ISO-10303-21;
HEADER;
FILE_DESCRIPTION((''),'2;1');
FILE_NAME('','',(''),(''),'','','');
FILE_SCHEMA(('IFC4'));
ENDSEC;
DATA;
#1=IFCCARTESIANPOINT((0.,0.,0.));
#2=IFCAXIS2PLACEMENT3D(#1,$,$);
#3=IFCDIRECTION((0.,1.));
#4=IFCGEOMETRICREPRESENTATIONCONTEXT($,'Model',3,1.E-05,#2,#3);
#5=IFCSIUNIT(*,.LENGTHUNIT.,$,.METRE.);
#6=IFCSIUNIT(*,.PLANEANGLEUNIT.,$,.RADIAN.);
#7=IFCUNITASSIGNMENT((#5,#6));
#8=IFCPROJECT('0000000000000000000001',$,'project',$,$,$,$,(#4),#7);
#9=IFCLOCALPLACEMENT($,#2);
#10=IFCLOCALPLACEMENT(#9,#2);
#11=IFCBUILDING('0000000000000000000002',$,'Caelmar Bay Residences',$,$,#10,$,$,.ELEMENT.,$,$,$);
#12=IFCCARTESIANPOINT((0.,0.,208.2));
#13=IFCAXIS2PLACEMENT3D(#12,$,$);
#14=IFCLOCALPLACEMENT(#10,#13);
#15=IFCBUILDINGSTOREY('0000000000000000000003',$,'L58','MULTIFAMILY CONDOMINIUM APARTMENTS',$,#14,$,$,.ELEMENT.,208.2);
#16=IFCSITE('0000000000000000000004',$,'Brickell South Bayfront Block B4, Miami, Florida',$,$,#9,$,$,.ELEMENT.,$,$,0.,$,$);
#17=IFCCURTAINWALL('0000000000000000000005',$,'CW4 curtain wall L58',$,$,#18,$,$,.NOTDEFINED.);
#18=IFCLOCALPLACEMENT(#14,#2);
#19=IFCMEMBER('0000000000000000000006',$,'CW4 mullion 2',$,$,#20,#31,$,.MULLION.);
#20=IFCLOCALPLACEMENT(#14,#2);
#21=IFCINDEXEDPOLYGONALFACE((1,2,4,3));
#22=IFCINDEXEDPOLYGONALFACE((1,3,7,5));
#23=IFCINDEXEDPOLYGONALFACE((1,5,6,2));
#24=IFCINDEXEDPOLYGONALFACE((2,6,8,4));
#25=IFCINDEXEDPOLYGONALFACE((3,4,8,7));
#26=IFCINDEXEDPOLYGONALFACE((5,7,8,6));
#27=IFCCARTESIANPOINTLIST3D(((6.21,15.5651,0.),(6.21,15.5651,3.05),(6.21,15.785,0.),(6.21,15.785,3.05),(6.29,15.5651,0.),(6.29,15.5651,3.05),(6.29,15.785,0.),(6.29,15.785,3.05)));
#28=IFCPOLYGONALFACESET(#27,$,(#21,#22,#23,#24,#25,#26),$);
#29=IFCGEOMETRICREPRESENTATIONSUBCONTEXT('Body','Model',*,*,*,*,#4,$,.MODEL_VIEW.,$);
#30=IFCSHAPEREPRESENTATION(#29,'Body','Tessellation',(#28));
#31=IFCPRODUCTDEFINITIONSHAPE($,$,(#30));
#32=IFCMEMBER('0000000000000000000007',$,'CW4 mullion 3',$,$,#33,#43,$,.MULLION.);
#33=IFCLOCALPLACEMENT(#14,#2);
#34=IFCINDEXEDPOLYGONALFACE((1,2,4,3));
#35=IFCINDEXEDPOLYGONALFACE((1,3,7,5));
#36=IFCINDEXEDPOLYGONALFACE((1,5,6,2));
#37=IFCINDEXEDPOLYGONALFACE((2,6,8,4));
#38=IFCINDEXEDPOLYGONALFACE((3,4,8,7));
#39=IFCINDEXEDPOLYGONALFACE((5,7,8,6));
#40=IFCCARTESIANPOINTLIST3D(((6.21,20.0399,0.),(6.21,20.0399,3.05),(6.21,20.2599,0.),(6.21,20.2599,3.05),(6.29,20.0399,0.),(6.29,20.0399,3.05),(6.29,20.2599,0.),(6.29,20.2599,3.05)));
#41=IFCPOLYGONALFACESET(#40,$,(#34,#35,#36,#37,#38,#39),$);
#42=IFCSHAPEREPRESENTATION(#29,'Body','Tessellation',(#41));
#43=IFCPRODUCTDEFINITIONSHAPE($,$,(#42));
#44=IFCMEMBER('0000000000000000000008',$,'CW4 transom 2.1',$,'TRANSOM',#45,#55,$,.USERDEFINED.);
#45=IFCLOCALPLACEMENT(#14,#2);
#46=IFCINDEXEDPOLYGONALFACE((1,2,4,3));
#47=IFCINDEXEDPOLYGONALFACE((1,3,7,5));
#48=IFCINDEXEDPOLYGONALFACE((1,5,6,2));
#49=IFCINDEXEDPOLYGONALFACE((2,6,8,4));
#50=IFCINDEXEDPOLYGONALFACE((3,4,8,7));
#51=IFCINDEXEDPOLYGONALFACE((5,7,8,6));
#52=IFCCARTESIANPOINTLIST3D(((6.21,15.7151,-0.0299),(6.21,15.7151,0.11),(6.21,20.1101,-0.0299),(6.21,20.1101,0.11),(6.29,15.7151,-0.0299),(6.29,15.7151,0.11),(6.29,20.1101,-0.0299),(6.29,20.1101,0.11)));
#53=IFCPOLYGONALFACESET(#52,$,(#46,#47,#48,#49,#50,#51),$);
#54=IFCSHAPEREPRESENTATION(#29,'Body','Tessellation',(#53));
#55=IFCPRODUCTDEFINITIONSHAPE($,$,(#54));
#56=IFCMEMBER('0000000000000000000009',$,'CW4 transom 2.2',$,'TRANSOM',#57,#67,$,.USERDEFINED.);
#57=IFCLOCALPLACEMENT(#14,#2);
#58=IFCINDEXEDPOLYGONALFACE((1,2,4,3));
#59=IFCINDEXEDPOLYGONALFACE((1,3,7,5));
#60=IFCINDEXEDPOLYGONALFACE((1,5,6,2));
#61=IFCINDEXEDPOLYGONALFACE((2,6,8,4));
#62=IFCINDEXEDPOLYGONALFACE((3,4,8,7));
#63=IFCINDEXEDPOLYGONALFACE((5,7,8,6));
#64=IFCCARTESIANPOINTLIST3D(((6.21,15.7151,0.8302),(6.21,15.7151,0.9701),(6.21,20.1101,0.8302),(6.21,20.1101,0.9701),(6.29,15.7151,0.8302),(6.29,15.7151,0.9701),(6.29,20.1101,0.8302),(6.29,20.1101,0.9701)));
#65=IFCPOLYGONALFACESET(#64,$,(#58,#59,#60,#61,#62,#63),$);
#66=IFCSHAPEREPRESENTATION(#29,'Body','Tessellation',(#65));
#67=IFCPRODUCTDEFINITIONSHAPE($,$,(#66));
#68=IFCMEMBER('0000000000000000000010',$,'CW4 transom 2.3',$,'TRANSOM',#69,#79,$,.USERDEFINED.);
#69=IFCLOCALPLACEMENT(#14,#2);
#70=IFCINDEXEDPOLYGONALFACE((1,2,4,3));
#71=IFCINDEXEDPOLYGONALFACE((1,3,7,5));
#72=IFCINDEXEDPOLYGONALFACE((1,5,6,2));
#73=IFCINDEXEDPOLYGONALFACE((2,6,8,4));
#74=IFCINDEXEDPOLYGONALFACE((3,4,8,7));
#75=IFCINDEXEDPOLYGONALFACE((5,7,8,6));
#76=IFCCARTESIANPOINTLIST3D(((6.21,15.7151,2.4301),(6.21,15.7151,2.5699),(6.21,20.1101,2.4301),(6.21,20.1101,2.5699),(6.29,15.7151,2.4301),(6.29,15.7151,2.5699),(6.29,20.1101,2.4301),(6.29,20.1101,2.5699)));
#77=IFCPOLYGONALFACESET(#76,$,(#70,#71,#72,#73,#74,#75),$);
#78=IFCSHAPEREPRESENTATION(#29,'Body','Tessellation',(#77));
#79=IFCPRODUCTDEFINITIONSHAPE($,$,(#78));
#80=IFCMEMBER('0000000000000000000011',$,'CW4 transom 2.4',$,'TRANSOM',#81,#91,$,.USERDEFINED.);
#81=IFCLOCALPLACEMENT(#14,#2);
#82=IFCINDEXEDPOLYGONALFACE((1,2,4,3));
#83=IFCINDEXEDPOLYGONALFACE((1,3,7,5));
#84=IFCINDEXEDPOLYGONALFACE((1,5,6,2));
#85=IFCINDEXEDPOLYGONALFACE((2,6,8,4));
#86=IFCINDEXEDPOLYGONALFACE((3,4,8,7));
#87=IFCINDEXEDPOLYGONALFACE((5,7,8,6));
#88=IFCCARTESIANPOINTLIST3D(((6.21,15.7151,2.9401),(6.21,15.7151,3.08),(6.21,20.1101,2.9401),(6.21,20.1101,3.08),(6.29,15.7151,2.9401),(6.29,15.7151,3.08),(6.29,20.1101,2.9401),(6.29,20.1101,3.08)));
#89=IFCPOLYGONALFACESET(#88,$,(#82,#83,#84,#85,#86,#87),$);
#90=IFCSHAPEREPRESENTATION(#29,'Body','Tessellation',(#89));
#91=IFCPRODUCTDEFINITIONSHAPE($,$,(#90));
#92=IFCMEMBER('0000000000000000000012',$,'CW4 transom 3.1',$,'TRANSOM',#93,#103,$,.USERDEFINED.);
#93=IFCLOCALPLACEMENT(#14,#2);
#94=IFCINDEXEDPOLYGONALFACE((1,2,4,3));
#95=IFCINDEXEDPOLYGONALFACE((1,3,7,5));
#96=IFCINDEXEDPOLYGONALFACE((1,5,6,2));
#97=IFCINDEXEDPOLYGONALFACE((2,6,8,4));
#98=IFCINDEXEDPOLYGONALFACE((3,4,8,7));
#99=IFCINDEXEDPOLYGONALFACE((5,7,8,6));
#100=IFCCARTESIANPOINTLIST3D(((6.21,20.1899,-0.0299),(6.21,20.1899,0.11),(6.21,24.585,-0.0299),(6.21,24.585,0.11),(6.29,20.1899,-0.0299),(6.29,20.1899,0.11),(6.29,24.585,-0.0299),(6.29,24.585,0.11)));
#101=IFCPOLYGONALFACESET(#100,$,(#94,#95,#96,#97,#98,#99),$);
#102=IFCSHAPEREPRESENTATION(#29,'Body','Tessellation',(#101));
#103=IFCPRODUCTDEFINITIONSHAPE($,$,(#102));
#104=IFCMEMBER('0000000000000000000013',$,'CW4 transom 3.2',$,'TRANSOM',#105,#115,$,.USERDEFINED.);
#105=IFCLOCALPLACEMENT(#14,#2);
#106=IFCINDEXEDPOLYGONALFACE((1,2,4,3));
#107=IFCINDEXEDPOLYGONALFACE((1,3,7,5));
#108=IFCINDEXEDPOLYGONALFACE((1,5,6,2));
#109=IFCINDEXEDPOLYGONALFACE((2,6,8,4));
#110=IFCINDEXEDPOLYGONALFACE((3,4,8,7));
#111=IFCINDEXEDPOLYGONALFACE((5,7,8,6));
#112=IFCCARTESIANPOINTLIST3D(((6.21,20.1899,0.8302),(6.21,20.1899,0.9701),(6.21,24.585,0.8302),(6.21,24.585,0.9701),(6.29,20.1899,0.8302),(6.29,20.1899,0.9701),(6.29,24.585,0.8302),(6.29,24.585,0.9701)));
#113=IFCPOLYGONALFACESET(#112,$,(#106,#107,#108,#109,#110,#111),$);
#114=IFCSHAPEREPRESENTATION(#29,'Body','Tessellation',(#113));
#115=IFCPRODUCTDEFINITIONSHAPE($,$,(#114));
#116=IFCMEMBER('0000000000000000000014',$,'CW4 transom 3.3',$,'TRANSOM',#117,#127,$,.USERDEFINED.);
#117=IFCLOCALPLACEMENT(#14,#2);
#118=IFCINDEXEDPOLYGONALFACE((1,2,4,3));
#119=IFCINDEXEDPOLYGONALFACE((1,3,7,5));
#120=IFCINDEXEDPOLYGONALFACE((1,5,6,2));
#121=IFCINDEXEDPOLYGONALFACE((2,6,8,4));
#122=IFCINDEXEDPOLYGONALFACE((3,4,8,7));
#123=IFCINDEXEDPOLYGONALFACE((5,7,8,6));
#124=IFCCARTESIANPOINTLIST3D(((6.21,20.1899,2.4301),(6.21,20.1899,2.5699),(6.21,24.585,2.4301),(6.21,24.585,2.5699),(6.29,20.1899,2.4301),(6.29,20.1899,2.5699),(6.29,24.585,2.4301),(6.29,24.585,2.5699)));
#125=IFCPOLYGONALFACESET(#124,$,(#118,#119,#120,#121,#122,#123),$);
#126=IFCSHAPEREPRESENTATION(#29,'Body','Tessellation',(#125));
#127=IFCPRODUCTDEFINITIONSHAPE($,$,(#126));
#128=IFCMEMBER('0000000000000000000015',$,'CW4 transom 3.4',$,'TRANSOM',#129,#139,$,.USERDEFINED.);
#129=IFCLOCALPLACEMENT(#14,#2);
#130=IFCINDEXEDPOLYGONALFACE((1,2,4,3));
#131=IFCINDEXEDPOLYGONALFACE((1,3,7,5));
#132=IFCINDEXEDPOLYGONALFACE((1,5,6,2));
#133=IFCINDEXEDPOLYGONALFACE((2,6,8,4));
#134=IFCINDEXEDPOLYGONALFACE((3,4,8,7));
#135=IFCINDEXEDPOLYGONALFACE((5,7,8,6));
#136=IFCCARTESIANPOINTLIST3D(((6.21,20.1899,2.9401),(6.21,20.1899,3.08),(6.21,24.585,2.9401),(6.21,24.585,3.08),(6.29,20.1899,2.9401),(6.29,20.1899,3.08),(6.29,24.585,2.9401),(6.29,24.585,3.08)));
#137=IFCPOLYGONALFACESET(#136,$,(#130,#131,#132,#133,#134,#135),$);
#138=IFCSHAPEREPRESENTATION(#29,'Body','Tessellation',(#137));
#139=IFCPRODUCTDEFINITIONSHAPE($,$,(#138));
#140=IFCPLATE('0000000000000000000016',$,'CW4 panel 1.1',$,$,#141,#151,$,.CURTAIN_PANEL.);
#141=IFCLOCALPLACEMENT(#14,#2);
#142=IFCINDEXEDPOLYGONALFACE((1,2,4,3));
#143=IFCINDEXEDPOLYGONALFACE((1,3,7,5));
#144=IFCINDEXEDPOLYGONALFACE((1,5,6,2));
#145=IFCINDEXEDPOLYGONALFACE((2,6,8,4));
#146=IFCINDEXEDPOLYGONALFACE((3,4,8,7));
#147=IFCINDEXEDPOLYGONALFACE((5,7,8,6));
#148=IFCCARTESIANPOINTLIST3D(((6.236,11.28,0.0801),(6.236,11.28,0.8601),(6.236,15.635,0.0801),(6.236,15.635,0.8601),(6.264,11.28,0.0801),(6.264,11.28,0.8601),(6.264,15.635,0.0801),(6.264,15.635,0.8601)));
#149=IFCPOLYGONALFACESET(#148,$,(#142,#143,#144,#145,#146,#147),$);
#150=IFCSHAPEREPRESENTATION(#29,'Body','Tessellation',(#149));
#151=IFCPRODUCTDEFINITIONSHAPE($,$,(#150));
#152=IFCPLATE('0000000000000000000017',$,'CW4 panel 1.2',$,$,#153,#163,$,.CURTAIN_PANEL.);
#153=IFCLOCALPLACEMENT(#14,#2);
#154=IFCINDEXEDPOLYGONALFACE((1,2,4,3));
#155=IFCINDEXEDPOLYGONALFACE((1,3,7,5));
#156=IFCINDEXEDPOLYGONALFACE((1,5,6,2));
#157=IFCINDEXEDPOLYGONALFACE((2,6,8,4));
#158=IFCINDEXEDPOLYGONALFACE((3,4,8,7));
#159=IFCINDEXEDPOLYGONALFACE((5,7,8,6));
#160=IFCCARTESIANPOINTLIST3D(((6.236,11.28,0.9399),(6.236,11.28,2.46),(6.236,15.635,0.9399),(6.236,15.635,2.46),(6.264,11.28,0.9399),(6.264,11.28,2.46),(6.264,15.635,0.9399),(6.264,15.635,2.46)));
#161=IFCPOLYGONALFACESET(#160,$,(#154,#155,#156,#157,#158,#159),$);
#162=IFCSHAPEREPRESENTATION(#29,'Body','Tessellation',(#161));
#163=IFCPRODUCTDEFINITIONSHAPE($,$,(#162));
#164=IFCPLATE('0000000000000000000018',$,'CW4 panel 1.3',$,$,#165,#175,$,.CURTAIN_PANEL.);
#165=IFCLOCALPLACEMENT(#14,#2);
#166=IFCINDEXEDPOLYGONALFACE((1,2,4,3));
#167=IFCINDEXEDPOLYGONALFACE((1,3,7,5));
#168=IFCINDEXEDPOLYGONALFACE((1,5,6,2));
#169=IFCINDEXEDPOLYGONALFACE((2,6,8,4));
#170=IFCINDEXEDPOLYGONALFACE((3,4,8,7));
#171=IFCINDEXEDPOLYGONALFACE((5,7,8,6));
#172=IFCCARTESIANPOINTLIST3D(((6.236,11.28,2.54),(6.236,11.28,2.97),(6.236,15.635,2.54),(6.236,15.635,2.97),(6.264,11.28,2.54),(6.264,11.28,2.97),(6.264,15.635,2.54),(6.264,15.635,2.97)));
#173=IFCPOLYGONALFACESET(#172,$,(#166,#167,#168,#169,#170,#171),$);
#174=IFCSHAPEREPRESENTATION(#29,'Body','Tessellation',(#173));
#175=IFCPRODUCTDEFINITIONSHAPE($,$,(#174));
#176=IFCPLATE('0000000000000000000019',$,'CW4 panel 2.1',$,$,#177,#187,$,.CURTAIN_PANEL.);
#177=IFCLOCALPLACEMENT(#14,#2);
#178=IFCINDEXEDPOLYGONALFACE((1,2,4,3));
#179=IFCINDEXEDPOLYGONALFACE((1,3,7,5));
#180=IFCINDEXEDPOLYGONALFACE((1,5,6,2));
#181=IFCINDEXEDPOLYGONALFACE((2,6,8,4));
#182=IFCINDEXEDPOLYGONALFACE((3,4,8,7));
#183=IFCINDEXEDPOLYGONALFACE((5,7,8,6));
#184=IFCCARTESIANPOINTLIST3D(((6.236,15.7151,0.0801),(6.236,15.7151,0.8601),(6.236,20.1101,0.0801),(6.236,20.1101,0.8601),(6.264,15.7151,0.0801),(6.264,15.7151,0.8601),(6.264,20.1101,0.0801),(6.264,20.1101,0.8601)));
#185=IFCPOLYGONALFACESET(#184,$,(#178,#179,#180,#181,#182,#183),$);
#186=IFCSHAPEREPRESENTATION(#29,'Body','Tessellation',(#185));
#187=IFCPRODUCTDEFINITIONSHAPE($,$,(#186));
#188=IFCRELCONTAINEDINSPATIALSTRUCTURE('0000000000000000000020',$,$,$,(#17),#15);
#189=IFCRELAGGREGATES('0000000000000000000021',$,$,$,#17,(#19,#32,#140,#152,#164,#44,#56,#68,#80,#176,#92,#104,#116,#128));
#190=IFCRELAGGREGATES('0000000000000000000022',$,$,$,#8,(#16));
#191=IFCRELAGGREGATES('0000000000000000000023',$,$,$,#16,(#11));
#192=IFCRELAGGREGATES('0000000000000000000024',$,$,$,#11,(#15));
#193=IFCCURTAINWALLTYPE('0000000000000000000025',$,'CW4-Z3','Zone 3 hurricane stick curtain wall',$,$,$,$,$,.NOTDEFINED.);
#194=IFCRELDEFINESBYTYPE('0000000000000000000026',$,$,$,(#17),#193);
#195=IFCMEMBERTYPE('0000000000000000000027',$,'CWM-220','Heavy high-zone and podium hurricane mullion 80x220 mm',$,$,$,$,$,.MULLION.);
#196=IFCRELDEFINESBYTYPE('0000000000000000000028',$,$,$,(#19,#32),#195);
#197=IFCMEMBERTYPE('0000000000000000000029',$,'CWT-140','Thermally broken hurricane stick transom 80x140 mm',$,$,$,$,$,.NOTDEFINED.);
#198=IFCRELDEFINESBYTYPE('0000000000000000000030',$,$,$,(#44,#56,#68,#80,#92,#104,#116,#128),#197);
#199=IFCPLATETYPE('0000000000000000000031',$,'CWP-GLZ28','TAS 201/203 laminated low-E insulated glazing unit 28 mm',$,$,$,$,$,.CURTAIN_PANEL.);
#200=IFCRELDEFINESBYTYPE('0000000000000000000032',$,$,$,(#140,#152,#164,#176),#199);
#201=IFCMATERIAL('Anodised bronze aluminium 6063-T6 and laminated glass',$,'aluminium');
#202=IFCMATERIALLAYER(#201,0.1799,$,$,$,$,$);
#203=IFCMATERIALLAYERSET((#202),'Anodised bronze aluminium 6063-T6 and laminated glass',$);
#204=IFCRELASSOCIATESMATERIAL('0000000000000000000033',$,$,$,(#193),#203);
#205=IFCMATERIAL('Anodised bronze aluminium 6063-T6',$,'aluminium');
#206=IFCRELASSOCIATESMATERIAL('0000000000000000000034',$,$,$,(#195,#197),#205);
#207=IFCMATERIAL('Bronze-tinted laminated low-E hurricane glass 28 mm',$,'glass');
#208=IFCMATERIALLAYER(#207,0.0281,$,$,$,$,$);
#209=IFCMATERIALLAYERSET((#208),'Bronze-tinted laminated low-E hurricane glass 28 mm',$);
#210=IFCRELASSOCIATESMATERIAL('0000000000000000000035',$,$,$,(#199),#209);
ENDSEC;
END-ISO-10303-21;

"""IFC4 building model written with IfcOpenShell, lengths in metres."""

from ifc_helpers import new_model, si_unit, direction, frame, origin, origin_2d, place, context, subcontext, project, spatial, rectangle, extrude, material, layer, layer_set, material_profile, profile_set, type_object, element, aggregate, save


model = new_model("IFC4")

# Units and contexts
model_context = context("Model", 3, precision=1e-05, world=origin(), true_north=direction((0.0, 1.0)))
body_context = subcontext(model_context, "Body", "Model", "MODEL_VIEW")
ifc_project = project(units=[si_unit("LENGTHUNIT", "METRE"), si_unit("PLANEANGLEUNIT", "RADIAN")], contexts=[model_context])

# Site, building, storey
site_placement = place(None, origin())
site = spatial("IfcSite", under=ifc_project, at=site_placement, Name="Brickell South Bayfront Block B4, Miami, Florida", CompositionType="ELEMENT", RefElevation=0.0)
building_placement = place(site_placement, origin())
building = spatial("IfcBuilding", under=site, at=building_placement, Name="Caelmar Bay Residences", CompositionType="ELEMENT")
storey_placement = place(building_placement, frame((0.0, 0.0, 208.2)))
storey = spatial("IfcBuildingStorey", under=building, at=storey_placement, Name="L58", Description="MULTIFAMILY CONDOMINIUM APARTMENTS", CompositionType="ELEMENT", Elevation=208.2)

# Curtain wall, members, plates
ifc_material_1 = material(Name="Anodised bronze aluminium 6063-T6 and laminated glass", Category="aluminium")
ifc_layer_1 = layer(ifc_material_1, 0.1799)
ifc_layer_set_1 = layer_set([ifc_layer_1], Name="Anodised bronze aluminium 6063-T6 and laminated glass")
curtain_wall_type = type_object("IfcCurtainWallType", Name="CW4-Z3", Description="Zone 3 hurricane stick curtain wall", PredefinedType="NOTDEFINED", material=ifc_layer_set_1)
curtain_wall_placement = place(storey_placement, origin())
curtain_wall = element("IfcCurtainWall", 1, at=curtain_wall_placement, inside=storey, type_object=curtain_wall_type, Name="CW4 curtain wall L58", PredefinedType="NOTDEFINED")
ifc_material_2 = material(Name="Anodised bronze aluminium 6063-T6", Category="aluminium")
ifc_material_profile_1 = material_profile(ifc_material_2, rectangle(XDim=0.0801, YDim=0.22, at=origin_2d()), Name="CWM-80X220")
ifc_profile_set_1 = profile_set([ifc_material_profile_1], Name="Anodised bronze aluminium 6063-T6")
member_type_1 = type_object("IfcMemberType", Name="CWM-220", Description="Heavy high-zone and podium hurricane mullion 80x220 mm", PredefinedType="MULLION", material=ifc_profile_set_1)
member_1_placement = place(storey_placement, frame((6.25, 15.675, 0.0), z_axis=(0.0, 0.0, 1.0), x_axis=(-1.0, 0.0, 0.0)))
member_1 = element("IfcMember", 2, at=member_1_placement, type_object=member_type_1, Name="CW4 mullion 2", PredefinedType="MULLION", context=body_context, shape_type="SweptSolid", body=[
    extrude(rectangle(XDim=0.0801, YDim=0.22, at=origin_2d()), origin(), (0.0, 0.0, 1.0), 3.05),
])
member_2_placement = place(storey_placement, frame((6.25, 20.1499, 0.0), z_axis=(0.0, 0.0, 1.0), x_axis=(-1.0, 0.0, 0.0)))
member_2 = element("IfcMember", 3, at=member_2_placement, type_object=member_type_1, Name="CW4 mullion 3", PredefinedType="MULLION", context=body_context, shape_type="SweptSolid", body=[
    extrude(rectangle(XDim=0.0801, YDim=0.22, at=origin_2d()), origin(), (0.0, 0.0, 1.0), 3.05),
])
ifc_material_profile_2 = material_profile(ifc_material_2, rectangle(XDim=0.0801, YDim=0.1399, at=origin_2d()), Name="CWT-80X140")
ifc_profile_set_2 = profile_set([ifc_material_profile_2], Name="Anodised bronze aluminium 6063-T6")
member_type_2 = type_object("IfcMemberType", Name="CWT-140", Description="Thermally broken hurricane stick transom 80x140 mm", PredefinedType="NOTDEFINED", material=ifc_profile_set_2)
member_3_placement = place(storey_placement, frame((6.25, 15.7151, 0.04), z_axis=(0.0, 1.0, 0.0), x_axis=(-1.0, 0.0, 0.0)))
member_3 = element("IfcMember", 4, at=member_3_placement, type_object=member_type_2, Name="CW4 transom 2.1", ObjectType="TRANSOM", PredefinedType="USERDEFINED", context=body_context, shape_type="SweptSolid", body=[
    extrude(rectangle(XDim=0.0801, YDim=0.1399, at=origin_2d()), origin(), (0.0, 0.0, 1.0), 4.395),
])
member_4_placement = place(storey_placement, frame((6.25, 15.7151, 0.9001), z_axis=(0.0, 1.0, 0.0), x_axis=(-1.0, 0.0, 0.0)))
member_4 = element("IfcMember", 5, at=member_4_placement, type_object=member_type_2, Name="CW4 transom 2.2", ObjectType="TRANSOM", PredefinedType="USERDEFINED", context=body_context, shape_type="SweptSolid", body=[
    extrude(rectangle(XDim=0.0801, YDim=0.1399, at=origin_2d()), origin(), (0.0, 0.0, 1.0), 4.395),
])
member_5_placement = place(storey_placement, frame((6.25, 15.7151, 2.5), z_axis=(0.0, 1.0, 0.0), x_axis=(-1.0, 0.0, 0.0)))
member_5 = element("IfcMember", 6, at=member_5_placement, type_object=member_type_2, Name="CW4 transom 2.3", ObjectType="TRANSOM", PredefinedType="USERDEFINED", context=body_context, shape_type="SweptSolid", body=[
    extrude(rectangle(XDim=0.0801, YDim=0.1399, at=origin_2d()), origin(), (0.0, 0.0, 1.0), 4.395),
])
member_6_placement = place(storey_placement, frame((6.25, 15.7151, 3.01), z_axis=(0.0, 1.0, 0.0), x_axis=(-1.0, 0.0, 0.0)))
member_6 = element("IfcMember", 7, at=member_6_placement, type_object=member_type_2, Name="CW4 transom 2.4", ObjectType="TRANSOM", PredefinedType="USERDEFINED", context=body_context, shape_type="SweptSolid", body=[
    extrude(rectangle(XDim=0.0801, YDim=0.1399, at=origin_2d()), origin(), (0.0, 0.0, 1.0), 4.395),
])
member_7_placement = place(storey_placement, frame((6.25, 20.1899, 0.04), z_axis=(0.0, 1.0, 0.0), x_axis=(-1.0, 0.0, 0.0)))
member_7 = element("IfcMember", 8, at=member_7_placement, type_object=member_type_2, Name="CW4 transom 3.1", ObjectType="TRANSOM", PredefinedType="USERDEFINED", context=body_context, shape_type="SweptSolid", body=[
    extrude(rectangle(XDim=0.0801, YDim=0.1399, at=origin_2d()), origin(), (0.0, 0.0, 1.0), 4.395),
])
member_8_placement = place(storey_placement, frame((6.25, 20.1899, 0.9001), z_axis=(0.0, 1.0, 0.0), x_axis=(-1.0, 0.0, 0.0)))
member_8 = element("IfcMember", 9, at=member_8_placement, type_object=member_type_2, Name="CW4 transom 3.2", ObjectType="TRANSOM", PredefinedType="USERDEFINED", context=body_context, shape_type="SweptSolid", body=[
    extrude(rectangle(XDim=0.0801, YDim=0.1399, at=origin_2d()), origin(), (0.0, 0.0, 1.0), 4.395),
])
member_9_placement = place(storey_placement, frame((6.25, 20.1899, 2.5), z_axis=(0.0, 1.0, 0.0), x_axis=(-1.0, 0.0, 0.0)))
member_9 = element("IfcMember", 10, at=member_9_placement, type_object=member_type_2, Name="CW4 transom 3.3", ObjectType="TRANSOM", PredefinedType="USERDEFINED", context=body_context, shape_type="SweptSolid", body=[
    extrude(rectangle(XDim=0.0801, YDim=0.1399, at=origin_2d()), origin(), (0.0, 0.0, 1.0), 4.395),
])
member_10_placement = place(storey_placement, frame((6.25, 20.1899, 3.01), z_axis=(0.0, 1.0, 0.0), x_axis=(-1.0, 0.0, 0.0)))
member_10 = element("IfcMember", 11, at=member_10_placement, type_object=member_type_2, Name="CW4 transom 3.4", ObjectType="TRANSOM", PredefinedType="USERDEFINED", context=body_context, shape_type="SweptSolid", body=[
    extrude(rectangle(XDim=0.0801, YDim=0.1399, at=origin_2d()), origin(), (0.0, 0.0, 1.0), 4.395),
])
ifc_material_3 = material(Name="Bronze-tinted laminated low-E hurricane glass 28 mm", Category="glass")
ifc_layer_2 = layer(ifc_material_3, 0.0281)
ifc_layer_set_2 = layer_set([ifc_layer_2], Name="Bronze-tinted laminated low-E hurricane glass 28 mm")
plate_type = type_object("IfcPlateType", Name="CWP-GLZ28", Description="TAS 201/203 laminated low-E insulated glazing unit 28 mm", PredefinedType="CURTAIN_PANEL", material=ifc_layer_set_2)
plate_1_placement = place(storey_placement, frame((6.25, 13.4575, 0.0801), z_axis=(0.0, 0.0, 1.0), x_axis=(0.0, 1.0, 0.0)))
plate_1 = element("IfcPlate", 12, at=plate_1_placement, type_object=plate_type, Name="CW4 panel 1.1", PredefinedType="CURTAIN_PANEL", context=body_context, shape_type="SweptSolid", body=[
    extrude(rectangle(XDim=4.355, YDim=0.0281, at=origin_2d()), origin(), (0.0, 0.0, 1.0), 0.78),
])
plate_2_placement = place(storey_placement, frame((6.25, 13.4575, 0.9399), z_axis=(0.0, 0.0, 1.0), x_axis=(0.0, 1.0, 0.0)))
plate_2 = element("IfcPlate", 13, at=plate_2_placement, type_object=plate_type, Name="CW4 panel 1.2", PredefinedType="CURTAIN_PANEL", context=body_context, shape_type="SweptSolid", body=[
    extrude(rectangle(XDim=4.355, YDim=0.0281, at=origin_2d()), origin(), (0.0, 0.0, 1.0), 1.52),
])
plate_3_placement = place(storey_placement, frame((6.25, 13.4575, 2.54), z_axis=(0.0, 0.0, 1.0), x_axis=(0.0, 1.0, 0.0)))
plate_3 = element("IfcPlate", 14, at=plate_3_placement, type_object=plate_type, Name="CW4 panel 1.3", PredefinedType="CURTAIN_PANEL", context=body_context, shape_type="SweptSolid", body=[
    extrude(rectangle(XDim=4.355, YDim=0.0281, at=origin_2d()), origin(), (0.0, 0.0, 1.0), 0.4299),
])
plate_4_placement = place(storey_placement, frame((6.25, 17.9126, 0.0801), z_axis=(0.0, 0.0, 1.0), x_axis=(0.0, 1.0, 0.0)))
plate_4 = element("IfcPlate", 15, at=plate_4_placement, type_object=plate_type, Name="CW4 panel 2.1", PredefinedType="CURTAIN_PANEL", context=body_context, shape_type="SweptSolid", body=[
    extrude(rectangle(XDim=4.395, YDim=0.0281, at=origin_2d()), origin(), (0.0, 0.0, 1.0), 0.78),
])
aggregate(curtain_wall, [member_1, member_2, plate_1, plate_2, plate_3, member_3, member_4, member_5, member_6, plate_4, member_7, member_8, member_9, member_10])

save(model, "model.ifc")
